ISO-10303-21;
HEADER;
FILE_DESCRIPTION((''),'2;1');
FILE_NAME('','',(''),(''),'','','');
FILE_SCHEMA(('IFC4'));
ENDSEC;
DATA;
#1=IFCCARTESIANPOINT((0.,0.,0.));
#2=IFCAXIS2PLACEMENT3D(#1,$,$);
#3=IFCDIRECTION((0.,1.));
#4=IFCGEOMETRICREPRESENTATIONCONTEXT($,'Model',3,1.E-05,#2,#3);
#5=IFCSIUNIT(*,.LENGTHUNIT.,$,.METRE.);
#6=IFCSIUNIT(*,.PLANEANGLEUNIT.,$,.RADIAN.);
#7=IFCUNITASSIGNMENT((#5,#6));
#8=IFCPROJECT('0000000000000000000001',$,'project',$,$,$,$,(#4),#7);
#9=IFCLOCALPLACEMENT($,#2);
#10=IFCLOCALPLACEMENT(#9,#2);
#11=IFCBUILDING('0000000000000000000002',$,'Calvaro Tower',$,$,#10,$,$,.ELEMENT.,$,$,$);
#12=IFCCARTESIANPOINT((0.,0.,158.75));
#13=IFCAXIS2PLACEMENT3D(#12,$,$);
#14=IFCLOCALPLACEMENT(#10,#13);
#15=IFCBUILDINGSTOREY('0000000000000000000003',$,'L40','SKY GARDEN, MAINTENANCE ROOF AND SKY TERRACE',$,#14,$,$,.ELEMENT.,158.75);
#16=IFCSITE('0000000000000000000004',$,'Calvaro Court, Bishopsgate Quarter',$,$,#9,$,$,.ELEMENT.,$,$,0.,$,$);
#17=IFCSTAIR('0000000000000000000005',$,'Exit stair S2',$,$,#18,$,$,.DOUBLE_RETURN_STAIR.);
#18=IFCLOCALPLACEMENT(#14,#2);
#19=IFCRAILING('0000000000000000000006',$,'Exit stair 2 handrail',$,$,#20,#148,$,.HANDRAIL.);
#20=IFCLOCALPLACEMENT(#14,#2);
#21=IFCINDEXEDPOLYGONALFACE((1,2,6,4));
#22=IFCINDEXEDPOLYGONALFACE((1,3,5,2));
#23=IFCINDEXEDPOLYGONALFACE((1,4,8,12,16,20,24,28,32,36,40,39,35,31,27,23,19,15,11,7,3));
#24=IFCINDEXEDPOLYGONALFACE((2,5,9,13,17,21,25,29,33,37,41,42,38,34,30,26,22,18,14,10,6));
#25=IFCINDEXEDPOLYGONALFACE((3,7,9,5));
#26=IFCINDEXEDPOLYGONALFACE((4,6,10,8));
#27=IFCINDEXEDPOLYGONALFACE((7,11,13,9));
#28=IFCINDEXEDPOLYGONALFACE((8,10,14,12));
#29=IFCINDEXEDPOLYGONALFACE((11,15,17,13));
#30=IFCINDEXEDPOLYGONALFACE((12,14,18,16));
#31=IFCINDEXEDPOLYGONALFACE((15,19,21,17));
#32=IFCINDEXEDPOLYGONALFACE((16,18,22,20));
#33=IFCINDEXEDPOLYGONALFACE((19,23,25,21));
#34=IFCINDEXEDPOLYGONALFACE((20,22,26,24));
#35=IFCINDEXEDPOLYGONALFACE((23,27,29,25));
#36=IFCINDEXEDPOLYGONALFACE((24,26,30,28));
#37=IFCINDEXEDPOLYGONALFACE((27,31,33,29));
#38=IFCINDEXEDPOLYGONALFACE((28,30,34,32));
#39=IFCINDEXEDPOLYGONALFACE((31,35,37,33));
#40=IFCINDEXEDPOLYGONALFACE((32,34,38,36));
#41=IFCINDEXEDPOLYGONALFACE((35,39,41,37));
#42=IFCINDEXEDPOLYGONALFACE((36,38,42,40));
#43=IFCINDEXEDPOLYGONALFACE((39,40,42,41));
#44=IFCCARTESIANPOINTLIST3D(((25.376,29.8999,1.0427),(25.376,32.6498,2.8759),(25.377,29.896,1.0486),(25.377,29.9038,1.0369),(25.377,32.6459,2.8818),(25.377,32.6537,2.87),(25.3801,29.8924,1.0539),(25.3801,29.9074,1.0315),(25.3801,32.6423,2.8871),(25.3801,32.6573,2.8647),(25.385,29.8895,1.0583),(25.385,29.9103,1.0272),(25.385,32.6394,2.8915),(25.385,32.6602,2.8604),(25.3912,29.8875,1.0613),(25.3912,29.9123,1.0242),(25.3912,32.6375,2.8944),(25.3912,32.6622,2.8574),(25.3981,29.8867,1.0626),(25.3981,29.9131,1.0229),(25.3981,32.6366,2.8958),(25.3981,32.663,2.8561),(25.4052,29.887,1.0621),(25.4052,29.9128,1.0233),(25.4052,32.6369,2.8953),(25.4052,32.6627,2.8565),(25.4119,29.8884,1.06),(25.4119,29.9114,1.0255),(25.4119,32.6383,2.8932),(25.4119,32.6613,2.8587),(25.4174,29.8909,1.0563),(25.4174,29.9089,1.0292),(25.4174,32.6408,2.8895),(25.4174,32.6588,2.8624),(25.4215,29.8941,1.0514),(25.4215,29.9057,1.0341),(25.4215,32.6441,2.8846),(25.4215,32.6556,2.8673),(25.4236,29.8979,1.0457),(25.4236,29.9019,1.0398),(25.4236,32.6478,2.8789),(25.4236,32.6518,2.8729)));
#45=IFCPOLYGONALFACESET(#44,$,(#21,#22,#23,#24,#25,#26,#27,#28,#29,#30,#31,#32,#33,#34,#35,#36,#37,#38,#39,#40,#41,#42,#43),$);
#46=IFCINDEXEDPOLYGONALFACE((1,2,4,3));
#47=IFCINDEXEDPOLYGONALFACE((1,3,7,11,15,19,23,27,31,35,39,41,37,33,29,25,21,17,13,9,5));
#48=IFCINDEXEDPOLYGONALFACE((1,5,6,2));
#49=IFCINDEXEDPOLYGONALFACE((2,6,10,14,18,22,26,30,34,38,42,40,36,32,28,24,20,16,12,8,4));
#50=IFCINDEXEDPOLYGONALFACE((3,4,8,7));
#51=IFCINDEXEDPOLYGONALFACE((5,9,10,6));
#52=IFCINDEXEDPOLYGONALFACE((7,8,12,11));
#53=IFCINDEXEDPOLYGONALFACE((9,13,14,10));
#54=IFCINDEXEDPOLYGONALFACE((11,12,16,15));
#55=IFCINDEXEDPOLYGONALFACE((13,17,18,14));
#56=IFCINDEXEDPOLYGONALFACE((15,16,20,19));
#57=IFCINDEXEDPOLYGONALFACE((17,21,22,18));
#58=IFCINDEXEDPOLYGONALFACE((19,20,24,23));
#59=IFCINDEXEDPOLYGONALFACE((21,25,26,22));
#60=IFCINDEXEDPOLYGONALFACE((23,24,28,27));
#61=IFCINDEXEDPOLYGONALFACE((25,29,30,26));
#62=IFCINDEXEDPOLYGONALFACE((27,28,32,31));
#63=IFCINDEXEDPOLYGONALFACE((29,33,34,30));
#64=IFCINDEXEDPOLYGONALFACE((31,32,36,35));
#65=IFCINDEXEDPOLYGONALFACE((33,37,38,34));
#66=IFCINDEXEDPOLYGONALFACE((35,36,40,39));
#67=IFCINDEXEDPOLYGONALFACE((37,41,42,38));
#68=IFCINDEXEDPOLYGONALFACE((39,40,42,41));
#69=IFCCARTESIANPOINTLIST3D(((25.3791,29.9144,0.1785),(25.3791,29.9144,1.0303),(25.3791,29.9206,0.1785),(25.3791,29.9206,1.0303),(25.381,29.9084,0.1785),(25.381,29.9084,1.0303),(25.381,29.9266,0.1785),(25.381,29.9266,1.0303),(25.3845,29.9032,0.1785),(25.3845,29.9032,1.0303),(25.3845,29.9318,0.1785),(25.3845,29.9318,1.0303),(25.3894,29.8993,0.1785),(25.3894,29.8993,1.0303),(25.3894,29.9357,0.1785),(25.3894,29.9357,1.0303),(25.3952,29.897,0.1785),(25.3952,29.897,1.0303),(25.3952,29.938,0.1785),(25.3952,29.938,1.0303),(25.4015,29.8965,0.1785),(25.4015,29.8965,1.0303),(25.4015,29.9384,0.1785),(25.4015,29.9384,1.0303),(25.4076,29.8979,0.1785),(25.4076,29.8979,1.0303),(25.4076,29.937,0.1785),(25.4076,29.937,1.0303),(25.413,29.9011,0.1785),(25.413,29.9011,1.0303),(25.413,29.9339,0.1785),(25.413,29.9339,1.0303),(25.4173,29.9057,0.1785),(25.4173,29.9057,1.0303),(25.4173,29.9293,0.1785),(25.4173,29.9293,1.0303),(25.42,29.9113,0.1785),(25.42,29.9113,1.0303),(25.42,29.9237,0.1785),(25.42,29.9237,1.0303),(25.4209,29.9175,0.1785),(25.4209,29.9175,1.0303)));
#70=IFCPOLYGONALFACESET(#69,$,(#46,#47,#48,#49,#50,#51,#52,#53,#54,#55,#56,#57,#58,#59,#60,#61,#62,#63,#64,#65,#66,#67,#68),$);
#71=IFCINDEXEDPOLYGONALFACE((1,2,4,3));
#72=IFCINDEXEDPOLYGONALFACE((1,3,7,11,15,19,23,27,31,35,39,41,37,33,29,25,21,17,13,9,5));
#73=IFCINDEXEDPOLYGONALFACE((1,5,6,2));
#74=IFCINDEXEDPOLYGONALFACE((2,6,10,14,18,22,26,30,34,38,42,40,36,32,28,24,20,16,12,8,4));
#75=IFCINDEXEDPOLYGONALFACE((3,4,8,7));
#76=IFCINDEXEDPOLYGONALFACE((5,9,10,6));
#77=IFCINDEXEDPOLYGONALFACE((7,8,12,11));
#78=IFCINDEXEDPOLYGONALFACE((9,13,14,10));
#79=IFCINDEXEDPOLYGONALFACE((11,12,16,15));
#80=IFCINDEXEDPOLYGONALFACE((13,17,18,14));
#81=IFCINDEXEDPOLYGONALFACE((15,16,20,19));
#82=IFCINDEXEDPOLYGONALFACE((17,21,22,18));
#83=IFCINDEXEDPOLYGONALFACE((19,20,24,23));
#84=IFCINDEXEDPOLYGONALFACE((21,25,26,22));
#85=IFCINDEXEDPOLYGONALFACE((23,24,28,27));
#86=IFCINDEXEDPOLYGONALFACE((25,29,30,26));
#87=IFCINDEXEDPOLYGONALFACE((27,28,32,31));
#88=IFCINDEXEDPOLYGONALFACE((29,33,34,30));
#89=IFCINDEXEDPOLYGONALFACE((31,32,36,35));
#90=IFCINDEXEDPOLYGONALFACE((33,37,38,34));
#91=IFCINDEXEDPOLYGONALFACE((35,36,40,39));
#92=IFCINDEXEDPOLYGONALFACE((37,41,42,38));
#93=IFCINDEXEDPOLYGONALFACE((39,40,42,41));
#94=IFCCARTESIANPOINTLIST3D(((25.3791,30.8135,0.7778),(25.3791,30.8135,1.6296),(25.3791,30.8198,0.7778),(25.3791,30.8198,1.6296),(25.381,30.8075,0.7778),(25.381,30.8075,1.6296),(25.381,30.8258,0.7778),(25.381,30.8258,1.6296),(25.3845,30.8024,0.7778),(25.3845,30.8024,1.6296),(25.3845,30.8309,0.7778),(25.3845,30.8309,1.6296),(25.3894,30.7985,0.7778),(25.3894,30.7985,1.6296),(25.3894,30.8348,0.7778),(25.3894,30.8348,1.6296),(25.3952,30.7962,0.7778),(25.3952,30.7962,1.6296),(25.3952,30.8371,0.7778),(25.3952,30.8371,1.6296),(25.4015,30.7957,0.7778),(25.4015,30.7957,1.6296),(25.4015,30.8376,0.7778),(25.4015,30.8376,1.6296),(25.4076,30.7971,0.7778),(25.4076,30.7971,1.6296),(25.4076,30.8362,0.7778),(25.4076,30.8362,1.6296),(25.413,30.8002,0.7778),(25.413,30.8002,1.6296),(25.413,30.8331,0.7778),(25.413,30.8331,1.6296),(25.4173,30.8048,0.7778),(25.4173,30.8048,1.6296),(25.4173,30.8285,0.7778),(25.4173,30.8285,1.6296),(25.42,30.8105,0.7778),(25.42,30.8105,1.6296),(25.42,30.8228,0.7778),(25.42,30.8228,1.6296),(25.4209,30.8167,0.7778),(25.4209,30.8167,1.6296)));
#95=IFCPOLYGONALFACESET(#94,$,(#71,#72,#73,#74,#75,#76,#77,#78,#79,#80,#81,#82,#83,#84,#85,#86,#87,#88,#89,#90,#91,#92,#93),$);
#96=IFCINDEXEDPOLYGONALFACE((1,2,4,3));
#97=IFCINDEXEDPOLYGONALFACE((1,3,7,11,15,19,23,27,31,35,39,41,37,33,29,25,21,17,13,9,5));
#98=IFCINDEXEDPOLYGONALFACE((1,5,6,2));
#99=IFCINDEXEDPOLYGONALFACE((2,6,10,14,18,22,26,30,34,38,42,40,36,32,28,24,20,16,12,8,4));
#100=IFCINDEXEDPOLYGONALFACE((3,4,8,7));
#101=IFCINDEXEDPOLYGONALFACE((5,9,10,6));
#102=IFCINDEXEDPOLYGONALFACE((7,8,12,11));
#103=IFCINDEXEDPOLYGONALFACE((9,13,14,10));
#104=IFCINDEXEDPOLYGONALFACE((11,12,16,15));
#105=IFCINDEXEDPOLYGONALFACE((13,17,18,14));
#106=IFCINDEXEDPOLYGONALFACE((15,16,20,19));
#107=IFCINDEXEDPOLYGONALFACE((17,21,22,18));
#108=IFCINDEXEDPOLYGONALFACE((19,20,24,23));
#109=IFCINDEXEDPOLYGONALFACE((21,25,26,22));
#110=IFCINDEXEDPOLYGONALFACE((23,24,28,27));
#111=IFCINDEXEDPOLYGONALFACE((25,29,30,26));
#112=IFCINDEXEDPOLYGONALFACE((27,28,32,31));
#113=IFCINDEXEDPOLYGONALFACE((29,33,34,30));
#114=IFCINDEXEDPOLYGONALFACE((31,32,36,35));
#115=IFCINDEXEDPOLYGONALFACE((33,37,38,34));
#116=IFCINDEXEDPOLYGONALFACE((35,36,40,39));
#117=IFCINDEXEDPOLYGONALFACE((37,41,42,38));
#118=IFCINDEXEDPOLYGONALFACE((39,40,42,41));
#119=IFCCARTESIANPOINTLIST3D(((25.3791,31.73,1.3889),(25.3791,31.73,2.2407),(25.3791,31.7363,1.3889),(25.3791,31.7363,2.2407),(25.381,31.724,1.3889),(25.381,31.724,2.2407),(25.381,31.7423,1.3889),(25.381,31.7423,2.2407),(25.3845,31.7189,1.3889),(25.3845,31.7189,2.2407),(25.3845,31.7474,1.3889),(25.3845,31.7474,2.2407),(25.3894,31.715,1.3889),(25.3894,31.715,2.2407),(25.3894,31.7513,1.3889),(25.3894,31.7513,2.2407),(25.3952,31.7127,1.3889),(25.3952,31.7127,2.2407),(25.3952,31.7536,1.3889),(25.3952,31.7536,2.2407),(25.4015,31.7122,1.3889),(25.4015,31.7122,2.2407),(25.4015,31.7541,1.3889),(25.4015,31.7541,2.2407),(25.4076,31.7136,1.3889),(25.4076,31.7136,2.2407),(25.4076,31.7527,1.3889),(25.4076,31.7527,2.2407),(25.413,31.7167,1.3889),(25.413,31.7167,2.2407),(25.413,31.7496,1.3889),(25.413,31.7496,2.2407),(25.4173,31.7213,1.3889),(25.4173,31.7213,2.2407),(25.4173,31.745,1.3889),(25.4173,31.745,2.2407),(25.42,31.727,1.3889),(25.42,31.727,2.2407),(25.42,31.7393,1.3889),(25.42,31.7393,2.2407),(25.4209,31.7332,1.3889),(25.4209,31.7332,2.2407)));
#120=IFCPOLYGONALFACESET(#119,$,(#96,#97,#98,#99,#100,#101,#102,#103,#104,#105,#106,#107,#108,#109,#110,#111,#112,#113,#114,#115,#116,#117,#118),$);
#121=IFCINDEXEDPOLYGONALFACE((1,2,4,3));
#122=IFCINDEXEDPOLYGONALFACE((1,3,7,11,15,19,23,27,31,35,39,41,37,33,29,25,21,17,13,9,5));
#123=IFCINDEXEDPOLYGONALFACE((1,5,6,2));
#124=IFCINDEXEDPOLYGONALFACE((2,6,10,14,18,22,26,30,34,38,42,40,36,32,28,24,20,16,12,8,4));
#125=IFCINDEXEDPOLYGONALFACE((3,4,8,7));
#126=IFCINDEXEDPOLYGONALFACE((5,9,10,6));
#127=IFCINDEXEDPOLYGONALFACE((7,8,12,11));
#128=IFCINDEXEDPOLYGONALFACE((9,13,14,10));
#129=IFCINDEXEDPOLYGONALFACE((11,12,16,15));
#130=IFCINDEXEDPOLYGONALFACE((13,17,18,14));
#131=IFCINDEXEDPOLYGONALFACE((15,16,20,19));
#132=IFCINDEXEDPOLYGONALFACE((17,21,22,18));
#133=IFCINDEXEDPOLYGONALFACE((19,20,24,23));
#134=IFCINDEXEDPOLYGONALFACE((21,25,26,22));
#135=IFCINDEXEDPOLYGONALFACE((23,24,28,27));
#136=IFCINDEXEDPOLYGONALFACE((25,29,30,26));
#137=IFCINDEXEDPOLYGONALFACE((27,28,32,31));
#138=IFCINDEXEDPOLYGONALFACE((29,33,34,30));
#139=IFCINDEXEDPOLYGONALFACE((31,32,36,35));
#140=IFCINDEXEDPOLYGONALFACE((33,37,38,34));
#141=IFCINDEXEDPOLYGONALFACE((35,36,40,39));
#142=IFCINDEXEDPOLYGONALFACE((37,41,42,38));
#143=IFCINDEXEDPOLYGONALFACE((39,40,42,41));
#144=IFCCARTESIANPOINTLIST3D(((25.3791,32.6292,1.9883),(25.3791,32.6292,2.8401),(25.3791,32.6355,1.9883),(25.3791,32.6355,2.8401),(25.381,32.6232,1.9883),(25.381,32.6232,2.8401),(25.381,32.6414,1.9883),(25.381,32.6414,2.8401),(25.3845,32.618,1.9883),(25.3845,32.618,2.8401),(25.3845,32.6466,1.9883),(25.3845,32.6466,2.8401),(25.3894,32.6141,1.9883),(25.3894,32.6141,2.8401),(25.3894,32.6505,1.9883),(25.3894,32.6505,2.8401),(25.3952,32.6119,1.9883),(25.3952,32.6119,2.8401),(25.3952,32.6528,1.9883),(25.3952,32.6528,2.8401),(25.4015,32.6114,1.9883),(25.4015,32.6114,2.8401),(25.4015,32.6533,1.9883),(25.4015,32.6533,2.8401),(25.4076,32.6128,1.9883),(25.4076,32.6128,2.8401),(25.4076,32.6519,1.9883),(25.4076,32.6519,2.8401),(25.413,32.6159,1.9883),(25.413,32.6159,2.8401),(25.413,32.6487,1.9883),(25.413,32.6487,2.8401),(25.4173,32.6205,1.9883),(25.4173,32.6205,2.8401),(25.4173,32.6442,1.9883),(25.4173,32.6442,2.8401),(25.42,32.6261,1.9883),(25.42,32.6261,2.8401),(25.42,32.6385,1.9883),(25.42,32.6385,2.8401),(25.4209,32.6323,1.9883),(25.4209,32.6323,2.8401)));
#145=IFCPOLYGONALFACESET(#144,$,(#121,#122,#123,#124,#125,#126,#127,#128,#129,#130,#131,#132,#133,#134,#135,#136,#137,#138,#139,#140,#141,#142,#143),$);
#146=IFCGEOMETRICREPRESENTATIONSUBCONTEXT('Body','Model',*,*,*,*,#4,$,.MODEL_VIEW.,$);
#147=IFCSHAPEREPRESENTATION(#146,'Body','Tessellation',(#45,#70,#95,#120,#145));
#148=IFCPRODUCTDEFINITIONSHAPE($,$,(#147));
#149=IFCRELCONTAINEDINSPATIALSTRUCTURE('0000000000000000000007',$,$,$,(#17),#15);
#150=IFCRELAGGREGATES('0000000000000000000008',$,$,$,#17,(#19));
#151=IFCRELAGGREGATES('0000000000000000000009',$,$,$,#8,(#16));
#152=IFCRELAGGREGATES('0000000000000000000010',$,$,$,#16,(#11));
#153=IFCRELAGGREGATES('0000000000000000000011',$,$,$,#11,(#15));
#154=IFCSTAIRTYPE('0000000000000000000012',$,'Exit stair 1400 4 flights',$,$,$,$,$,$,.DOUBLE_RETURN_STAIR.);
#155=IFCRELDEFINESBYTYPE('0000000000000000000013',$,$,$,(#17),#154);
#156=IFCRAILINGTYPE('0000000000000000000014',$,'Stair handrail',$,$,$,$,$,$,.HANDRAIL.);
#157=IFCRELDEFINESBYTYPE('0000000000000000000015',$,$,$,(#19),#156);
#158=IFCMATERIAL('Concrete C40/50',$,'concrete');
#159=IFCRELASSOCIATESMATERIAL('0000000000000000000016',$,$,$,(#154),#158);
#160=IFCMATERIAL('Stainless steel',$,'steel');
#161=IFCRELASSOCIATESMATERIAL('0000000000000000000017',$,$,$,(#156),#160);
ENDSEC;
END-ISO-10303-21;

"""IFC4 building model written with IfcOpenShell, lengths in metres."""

from ifc_helpers import new_model, si_unit, direction, frame, origin, origin_2d, place, context, subcontext, project, spatial, circle, extrude, material, type_object, element, aggregate, save


model = new_model("IFC4")

# Units and contexts
model_context = context("Model", 3, precision=1e-05, world=origin(), true_north=direction((0.0, 1.0)))
body_context = subcontext(model_context, "Body", "Model", "MODEL_VIEW")
ifc_project = project(units=[si_unit("LENGTHUNIT", "METRE"), si_unit("PLANEANGLEUNIT", "RADIAN")], contexts=[model_context])

# Site, building, storey
site_placement = place(None, origin())
site = spatial("IfcSite", under=ifc_project, at=site_placement, Name="Calvaro Court, Bishopsgate Quarter", CompositionType="ELEMENT", RefElevation=0.0)
building_placement = place(site_placement, origin())
building = spatial("IfcBuilding", under=site, at=building_placement, Name="Calvaro Tower", CompositionType="ELEMENT")
storey_placement = place(building_placement, frame((0.0, 0.0, 158.75)))
storey = spatial("IfcBuildingStorey", under=building, at=storey_placement, Name="L40", Description="SKY GARDEN, MAINTENANCE ROOF AND SKY TERRACE", CompositionType="ELEMENT", Elevation=158.75)

# Stair, railing
ifc_material_1 = material(Name="Concrete C40/50", Category="concrete")
stair_type = type_object("IfcStairType", Name="Exit stair 1400 4 flights", PredefinedType="DOUBLE_RETURN_STAIR", material=ifc_material_1)
stair_placement = place(storey_placement, origin())
stair = element("IfcStair", 1, at=stair_placement, inside=storey, type_object=stair_type, Name="Exit stair S2", PredefinedType="DOUBLE_RETURN_STAIR")
ifc_material_2 = material(Name="Stainless steel", Category="steel")
railing_type = type_object("IfcRailingType", Name="Stair handrail", PredefinedType="HANDRAIL", material=ifc_material_2)
railing_1_placement = place(storey_placement, frame((25.3999, 29.8999, 0.1667)))
railing_1 = element("IfcRailing", 2, at=railing_1_placement, type_object=railing_type, Name="Exit stair 2 handrail", PredefinedType="HANDRAIL", context=body_context, shape_type="SweptSolid", body=[
    extrude(circle(Radius=0.0239, at=origin_2d()), frame((0.0, 0.0, 0.876), z_axis=(0.0, 0.832062, 0.554683), x_axis=(-1.0, 0.0, 0.0)), (0.0, 0.0, 1.0), 3.3049),
    extrude(circle(Radius=0.021, at=origin_2d()), frame((0.0, 0.0176, 0.0117)), (0.0, 0.0, 1.0), 0.8518),
    extrude(circle(Radius=0.021, at=origin_2d()), frame((0.0, 0.9167, 0.6111)), (0.0, 0.0, 1.0), 0.8518),
    extrude(circle(Radius=0.021, at=origin_2d()), frame((0.0, 1.8333, 1.2222)), (0.0, 0.0, 1.0), 0.8518),
    extrude(circle(Radius=0.021, at=origin_2d()), frame((0.0, 2.7324, 1.8215)), (0.0, 0.0, 1.0), 0.8518),
])
aggregate(stair, [railing_1])

save(model, "model.ifc")
